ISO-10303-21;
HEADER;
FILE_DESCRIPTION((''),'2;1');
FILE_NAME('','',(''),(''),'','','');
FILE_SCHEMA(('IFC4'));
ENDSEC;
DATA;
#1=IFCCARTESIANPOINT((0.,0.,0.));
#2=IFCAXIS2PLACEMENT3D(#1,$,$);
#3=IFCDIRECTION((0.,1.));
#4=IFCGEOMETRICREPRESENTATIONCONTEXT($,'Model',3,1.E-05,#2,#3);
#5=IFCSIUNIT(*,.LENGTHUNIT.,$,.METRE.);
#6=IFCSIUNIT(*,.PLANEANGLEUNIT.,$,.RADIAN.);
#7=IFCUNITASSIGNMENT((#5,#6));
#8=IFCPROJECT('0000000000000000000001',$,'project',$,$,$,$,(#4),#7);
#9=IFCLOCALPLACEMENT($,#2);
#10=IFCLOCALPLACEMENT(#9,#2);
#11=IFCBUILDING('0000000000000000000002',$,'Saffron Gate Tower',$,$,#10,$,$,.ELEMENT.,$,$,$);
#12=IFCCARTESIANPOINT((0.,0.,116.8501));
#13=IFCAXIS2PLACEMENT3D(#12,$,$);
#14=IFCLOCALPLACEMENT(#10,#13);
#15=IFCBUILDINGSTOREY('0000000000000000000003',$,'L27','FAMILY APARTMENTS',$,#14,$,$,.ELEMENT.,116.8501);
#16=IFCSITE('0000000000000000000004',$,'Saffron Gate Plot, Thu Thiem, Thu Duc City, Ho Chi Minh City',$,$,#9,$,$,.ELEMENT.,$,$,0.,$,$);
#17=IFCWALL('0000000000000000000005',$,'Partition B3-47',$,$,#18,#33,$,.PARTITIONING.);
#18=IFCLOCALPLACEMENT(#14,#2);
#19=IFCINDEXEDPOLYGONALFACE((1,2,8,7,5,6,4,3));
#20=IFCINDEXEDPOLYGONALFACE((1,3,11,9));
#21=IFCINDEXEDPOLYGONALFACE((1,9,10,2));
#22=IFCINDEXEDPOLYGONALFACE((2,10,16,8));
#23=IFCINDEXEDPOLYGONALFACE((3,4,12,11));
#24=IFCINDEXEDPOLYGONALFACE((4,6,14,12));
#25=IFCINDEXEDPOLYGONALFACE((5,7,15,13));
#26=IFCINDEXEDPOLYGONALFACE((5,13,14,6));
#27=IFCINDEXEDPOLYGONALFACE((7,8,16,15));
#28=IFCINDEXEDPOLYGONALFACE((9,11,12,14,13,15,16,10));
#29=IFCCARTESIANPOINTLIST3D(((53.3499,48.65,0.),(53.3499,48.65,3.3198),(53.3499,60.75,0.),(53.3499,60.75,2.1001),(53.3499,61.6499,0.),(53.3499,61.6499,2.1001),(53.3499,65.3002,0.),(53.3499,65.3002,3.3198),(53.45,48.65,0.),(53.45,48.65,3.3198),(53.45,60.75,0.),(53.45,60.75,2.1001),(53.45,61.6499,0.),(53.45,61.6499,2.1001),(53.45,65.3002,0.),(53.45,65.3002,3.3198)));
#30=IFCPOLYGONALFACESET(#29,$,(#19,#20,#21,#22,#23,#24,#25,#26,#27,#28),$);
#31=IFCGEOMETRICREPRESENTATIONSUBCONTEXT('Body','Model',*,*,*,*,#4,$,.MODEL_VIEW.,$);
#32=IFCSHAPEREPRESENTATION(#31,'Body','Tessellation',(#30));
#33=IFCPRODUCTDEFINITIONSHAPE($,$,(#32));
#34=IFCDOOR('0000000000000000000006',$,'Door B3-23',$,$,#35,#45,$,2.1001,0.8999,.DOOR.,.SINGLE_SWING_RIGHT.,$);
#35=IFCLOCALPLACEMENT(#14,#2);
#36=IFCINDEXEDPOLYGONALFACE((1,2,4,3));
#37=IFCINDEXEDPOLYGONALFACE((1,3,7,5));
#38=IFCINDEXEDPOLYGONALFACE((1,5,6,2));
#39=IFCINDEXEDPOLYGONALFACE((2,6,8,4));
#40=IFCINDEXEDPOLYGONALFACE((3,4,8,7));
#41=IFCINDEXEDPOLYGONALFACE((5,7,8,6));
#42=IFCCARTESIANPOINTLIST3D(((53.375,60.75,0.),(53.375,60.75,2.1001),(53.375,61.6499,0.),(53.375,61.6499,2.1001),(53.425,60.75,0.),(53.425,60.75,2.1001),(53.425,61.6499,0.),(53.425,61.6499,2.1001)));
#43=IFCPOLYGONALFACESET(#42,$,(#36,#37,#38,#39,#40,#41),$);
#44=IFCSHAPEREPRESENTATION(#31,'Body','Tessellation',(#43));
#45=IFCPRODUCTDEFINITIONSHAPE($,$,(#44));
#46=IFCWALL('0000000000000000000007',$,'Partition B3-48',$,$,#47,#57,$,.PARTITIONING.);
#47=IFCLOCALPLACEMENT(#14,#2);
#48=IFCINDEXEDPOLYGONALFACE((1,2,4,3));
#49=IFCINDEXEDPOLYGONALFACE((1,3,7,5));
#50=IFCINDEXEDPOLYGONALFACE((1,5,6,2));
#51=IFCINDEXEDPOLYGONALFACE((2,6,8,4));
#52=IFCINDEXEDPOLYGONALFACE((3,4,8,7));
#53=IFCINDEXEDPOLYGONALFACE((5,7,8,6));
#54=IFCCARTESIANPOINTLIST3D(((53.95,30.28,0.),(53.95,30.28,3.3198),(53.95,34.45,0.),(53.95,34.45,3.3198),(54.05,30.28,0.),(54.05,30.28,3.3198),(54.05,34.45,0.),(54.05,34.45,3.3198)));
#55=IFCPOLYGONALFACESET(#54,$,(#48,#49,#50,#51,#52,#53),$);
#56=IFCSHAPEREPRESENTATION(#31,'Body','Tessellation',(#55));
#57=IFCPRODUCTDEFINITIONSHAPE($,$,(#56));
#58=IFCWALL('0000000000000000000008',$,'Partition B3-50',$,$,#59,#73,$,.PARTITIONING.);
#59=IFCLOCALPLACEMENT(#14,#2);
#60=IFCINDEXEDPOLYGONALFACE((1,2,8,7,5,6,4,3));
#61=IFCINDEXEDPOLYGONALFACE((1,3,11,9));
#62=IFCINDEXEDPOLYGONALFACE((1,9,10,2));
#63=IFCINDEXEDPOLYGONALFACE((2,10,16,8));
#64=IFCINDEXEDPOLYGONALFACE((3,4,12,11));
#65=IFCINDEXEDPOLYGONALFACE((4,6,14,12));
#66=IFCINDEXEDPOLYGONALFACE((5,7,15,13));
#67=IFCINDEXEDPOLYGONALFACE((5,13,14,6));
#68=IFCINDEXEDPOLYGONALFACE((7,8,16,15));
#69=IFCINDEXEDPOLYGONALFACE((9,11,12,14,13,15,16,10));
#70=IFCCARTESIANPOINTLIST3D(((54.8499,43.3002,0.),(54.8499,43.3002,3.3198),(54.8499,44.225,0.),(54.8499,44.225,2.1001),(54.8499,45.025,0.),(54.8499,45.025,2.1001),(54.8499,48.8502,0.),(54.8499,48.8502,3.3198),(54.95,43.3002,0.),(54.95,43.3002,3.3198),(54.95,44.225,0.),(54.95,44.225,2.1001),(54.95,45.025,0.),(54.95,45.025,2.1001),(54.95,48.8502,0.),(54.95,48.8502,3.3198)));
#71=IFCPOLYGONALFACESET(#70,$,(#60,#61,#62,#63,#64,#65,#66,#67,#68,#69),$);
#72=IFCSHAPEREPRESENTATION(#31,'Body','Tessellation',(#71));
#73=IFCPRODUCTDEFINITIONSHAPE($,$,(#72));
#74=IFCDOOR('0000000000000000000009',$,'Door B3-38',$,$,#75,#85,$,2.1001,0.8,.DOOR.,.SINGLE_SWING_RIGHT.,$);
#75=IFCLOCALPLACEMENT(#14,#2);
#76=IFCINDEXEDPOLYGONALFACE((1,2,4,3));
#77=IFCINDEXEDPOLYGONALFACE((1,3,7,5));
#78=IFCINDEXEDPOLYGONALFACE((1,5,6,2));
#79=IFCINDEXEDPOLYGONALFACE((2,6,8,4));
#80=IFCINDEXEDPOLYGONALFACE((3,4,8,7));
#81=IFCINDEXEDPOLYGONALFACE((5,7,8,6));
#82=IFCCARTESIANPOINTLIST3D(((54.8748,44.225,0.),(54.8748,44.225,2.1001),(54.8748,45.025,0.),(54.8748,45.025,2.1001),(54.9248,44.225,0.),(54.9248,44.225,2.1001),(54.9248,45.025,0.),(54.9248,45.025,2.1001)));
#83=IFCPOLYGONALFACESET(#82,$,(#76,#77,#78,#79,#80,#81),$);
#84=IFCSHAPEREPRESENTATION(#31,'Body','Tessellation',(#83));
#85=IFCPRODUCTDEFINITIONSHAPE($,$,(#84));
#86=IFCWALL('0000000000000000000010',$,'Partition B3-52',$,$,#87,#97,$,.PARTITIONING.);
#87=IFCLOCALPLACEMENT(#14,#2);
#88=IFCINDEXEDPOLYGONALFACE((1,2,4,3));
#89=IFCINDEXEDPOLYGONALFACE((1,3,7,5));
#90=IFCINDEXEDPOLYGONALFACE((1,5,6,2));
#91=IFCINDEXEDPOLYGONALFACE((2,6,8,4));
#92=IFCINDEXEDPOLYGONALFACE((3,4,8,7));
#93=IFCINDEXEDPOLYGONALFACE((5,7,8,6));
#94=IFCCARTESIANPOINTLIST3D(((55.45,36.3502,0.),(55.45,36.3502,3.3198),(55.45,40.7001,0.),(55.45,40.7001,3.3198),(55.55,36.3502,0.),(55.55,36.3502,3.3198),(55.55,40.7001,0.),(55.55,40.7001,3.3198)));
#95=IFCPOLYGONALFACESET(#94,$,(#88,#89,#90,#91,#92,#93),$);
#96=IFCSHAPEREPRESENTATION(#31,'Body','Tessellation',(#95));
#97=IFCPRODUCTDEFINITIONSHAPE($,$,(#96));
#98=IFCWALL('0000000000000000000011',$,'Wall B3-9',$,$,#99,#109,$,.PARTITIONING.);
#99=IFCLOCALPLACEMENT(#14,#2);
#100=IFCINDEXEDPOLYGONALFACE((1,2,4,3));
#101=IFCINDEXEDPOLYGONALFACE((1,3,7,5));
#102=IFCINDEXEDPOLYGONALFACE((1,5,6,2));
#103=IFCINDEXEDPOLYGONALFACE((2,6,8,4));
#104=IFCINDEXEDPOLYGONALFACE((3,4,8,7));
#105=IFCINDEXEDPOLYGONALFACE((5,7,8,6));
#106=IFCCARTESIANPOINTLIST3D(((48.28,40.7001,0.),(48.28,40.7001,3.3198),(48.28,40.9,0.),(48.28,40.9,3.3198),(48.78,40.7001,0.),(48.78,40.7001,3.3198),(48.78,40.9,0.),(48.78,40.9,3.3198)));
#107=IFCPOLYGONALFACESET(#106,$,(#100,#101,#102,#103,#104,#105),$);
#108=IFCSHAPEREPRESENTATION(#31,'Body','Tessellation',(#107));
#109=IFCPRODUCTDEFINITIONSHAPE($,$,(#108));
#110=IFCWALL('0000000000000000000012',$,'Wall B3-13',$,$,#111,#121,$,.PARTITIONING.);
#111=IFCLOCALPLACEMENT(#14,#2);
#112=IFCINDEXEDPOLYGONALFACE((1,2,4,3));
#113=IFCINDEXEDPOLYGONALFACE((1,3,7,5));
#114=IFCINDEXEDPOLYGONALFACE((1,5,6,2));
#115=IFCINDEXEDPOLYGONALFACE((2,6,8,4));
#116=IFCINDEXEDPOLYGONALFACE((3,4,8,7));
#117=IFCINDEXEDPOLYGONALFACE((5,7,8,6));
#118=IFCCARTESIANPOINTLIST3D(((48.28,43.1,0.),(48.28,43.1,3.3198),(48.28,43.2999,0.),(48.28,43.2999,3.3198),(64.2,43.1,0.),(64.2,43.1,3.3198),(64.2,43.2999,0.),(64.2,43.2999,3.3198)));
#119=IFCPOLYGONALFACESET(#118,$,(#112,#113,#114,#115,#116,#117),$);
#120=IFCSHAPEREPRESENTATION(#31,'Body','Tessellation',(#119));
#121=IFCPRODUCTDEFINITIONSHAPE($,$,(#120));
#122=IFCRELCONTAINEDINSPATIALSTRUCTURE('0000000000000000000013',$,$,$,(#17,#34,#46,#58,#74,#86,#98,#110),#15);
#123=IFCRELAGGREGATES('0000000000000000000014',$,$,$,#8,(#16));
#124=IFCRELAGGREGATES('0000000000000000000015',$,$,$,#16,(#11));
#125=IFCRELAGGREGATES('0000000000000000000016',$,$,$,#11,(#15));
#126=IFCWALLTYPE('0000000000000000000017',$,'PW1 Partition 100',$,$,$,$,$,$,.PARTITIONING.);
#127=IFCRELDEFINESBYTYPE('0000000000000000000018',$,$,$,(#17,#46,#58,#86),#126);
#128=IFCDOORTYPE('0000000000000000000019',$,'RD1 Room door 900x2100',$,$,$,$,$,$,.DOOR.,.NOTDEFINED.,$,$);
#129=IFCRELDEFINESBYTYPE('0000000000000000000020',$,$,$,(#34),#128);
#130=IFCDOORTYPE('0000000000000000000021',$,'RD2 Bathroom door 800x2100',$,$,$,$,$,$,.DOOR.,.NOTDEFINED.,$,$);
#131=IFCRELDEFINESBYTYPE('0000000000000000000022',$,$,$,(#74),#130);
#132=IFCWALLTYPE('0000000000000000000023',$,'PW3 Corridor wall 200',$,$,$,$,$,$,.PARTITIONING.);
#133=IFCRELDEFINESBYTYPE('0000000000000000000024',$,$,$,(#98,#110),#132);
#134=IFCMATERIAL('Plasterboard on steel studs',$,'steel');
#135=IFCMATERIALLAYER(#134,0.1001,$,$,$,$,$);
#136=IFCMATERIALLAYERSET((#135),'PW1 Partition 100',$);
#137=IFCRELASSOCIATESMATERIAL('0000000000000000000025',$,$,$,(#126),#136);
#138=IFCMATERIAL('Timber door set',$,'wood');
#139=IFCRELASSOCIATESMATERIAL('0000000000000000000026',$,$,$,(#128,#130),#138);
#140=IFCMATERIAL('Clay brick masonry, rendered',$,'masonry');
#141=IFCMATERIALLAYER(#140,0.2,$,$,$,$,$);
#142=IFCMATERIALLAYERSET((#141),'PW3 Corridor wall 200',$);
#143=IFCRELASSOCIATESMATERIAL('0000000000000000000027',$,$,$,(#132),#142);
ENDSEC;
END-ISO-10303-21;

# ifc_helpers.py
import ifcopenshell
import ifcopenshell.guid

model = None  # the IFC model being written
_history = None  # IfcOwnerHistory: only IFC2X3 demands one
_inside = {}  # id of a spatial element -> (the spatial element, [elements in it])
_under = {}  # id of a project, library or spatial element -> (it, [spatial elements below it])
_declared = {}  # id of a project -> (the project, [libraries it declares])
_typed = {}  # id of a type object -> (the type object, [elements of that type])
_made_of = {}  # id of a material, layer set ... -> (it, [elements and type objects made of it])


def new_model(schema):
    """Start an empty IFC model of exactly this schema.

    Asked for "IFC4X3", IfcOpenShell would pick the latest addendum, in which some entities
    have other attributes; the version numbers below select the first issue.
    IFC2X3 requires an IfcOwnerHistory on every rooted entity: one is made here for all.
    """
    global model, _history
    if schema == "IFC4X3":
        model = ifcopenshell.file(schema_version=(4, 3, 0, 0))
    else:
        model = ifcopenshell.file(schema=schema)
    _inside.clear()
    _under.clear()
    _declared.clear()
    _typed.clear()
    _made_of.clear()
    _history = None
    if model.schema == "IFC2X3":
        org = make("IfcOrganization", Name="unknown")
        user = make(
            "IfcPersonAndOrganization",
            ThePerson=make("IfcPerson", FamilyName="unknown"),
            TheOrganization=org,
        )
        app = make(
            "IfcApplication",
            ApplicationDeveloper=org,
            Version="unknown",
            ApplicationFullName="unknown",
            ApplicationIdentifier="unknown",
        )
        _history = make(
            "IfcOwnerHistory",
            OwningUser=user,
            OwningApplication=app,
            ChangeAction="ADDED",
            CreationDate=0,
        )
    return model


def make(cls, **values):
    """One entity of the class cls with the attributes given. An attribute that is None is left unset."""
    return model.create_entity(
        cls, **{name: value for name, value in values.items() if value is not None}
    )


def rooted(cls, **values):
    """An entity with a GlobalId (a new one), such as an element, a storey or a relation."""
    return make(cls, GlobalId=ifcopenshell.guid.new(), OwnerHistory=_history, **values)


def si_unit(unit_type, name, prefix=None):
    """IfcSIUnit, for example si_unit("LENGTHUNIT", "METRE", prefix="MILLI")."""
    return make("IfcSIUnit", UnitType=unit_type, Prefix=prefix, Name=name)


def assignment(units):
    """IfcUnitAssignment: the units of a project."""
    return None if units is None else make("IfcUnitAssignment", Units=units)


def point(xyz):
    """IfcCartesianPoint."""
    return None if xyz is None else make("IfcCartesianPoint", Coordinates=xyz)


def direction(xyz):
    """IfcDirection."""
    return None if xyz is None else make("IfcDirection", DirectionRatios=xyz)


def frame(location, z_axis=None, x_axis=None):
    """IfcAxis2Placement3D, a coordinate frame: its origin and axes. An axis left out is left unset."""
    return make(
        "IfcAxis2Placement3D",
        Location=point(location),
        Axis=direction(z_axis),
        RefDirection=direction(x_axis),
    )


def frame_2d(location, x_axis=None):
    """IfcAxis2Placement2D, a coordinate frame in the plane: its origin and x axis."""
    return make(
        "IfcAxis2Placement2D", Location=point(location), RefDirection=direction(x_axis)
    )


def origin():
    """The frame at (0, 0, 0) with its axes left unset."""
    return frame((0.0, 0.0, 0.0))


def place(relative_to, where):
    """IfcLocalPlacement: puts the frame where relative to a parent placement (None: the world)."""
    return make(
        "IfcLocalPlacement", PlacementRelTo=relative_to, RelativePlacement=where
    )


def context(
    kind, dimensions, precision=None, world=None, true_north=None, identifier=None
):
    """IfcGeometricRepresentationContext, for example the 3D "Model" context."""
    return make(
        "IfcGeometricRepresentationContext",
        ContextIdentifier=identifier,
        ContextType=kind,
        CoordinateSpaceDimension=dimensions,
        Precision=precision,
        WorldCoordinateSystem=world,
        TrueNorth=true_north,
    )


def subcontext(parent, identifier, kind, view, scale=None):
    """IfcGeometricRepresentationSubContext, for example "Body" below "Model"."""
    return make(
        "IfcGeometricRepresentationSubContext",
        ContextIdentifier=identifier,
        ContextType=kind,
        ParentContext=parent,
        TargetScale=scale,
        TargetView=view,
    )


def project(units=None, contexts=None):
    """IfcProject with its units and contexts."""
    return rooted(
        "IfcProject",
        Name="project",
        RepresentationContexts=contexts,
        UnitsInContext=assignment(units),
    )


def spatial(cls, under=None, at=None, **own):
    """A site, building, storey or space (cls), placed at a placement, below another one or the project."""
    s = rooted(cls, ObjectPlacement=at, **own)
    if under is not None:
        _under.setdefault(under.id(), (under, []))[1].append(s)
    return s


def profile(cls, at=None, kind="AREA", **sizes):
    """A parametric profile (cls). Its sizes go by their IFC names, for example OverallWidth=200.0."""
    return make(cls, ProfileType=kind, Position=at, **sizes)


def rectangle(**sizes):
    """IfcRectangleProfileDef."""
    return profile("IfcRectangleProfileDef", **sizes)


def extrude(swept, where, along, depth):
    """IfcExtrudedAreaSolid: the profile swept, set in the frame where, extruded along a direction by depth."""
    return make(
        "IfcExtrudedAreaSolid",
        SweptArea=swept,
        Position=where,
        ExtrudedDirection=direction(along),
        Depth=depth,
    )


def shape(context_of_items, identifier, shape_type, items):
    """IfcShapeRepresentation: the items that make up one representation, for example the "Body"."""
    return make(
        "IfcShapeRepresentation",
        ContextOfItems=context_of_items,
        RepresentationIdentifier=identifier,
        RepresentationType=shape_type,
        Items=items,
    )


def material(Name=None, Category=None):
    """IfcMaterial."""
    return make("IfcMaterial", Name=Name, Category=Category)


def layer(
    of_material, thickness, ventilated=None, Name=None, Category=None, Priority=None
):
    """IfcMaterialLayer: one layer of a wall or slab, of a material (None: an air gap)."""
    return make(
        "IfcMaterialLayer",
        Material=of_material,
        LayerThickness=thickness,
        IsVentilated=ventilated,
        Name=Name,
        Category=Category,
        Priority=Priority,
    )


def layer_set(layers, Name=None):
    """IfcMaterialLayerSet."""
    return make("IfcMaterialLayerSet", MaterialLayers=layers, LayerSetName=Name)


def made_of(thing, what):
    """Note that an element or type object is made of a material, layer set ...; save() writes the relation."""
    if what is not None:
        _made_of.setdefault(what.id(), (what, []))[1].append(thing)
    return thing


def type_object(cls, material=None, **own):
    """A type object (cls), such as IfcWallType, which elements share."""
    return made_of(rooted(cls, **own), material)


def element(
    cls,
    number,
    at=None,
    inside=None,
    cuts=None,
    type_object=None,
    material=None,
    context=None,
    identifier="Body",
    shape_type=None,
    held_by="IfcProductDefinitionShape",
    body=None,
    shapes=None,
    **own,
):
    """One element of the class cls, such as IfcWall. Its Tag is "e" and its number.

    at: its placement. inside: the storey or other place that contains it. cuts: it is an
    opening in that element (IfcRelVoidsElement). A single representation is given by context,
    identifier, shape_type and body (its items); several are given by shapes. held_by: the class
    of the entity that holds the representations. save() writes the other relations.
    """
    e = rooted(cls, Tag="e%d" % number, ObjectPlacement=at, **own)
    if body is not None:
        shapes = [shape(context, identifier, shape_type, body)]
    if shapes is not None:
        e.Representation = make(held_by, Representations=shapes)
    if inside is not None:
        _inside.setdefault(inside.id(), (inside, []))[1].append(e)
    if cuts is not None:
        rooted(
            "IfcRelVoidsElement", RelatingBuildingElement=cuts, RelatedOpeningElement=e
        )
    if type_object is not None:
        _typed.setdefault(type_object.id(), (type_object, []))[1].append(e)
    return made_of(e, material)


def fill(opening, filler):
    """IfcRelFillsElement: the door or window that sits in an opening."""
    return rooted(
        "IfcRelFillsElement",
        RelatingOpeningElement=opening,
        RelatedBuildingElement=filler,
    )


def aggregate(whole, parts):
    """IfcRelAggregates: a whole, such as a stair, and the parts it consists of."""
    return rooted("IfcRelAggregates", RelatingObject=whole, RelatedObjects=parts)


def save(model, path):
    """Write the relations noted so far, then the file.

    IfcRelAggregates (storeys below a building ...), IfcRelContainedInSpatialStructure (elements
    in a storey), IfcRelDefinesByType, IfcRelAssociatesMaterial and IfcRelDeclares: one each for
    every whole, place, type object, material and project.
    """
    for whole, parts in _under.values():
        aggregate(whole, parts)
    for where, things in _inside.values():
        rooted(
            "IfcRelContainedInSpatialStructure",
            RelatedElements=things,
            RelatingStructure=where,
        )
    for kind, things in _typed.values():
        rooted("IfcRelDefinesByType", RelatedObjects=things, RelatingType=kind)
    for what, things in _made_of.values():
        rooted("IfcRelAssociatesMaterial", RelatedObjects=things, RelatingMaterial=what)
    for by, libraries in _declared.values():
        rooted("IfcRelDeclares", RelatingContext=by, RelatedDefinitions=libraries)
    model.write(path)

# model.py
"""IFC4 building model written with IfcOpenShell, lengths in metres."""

from ifc_helpers import new_model, si_unit, direction, frame, frame_2d, origin, place, context, subcontext, project, spatial, rectangle, extrude, material, layer, layer_set, type_object, element, fill, save


model = new_model("IFC4")

# Units and contexts
model_context = context("Model", 3, precision=1e-05, world=origin(), true_north=direction((0.0, 1.0)))
body_context = subcontext(model_context, "Body", "Model", "MODEL_VIEW")
ifc_project = project(units=[si_unit("LENGTHUNIT", "METRE"), si_unit("PLANEANGLEUNIT", "RADIAN")], contexts=[model_context])

# Site, building, storey
site_placement = place(None, origin())
site = spatial("IfcSite", under=ifc_project, at=site_placement, Name="Saffron Gate Plot, Thu Thiem, Thu Duc City, Ho Chi Minh City", CompositionType="ELEMENT", RefElevation=0.0)
building_placement = place(site_placement, origin())
building = spatial("IfcBuilding", under=site, at=building_placement, Name="Saffron Gate Tower", CompositionType="ELEMENT")
storey_placement = place(building_placement, frame((0.0, 0.0, 116.8501)))
storey = spatial("IfcBuildingStorey", under=building, at=storey_placement, Name="L27", Description="FAMILY APARTMENTS", CompositionType="ELEMENT", Elevation=116.8501)

# Shared definitions
ifc_material_1 = material(Name="Plasterboard on steel studs", Category="steel")
ifc_layer_1 = layer(ifc_material_1, 0.1001)
ifc_layer_set_1 = layer_set([ifc_layer_1], Name="PW1 Partition 100")
wall_type_1 = type_object("IfcWallType", Name="PW1 Partition 100", PredefinedType="PARTITIONING", material=ifc_layer_set_1)

# Shared definitions
ifc_material_2 = material(Name="Timber door set", Category="wood")
door_type_1 = type_object("IfcDoorType", Name="RD1 Room door 900x2100", OperationType="NOTDEFINED", PredefinedType="DOOR", material=ifc_material_2)
door_type_2 = type_object("IfcDoorType", Name="RD2 Bathroom door 800x2100", OperationType="NOTDEFINED", PredefinedType="DOOR", material=ifc_material_2)

# Wall, opening, door
wall_1_placement = place(storey_placement, frame((53.3999, 48.6499, 0.0), z_axis=(0.0, 0.0, 1.0), x_axis=(0.0, 1.0, 0.0)))
wall_1 = element("IfcWall", 1, at=wall_1_placement, inside=storey, type_object=wall_type_1, Name="Partition B3-47", PredefinedType="PARTITIONING", context=body_context, shape_type="SweptSolid", body=[
    extrude(rectangle(XDim=16.6501, YDim=0.1001, at=frame_2d((8.3252, 0.0))), origin(), (0.0, 0.0, 1.0), 3.3198),
])
opening_1_placement = place(wall_1_placement, frame((12.1001, 0.0, 0.0)))
opening_1 = element("IfcOpeningElement", 2, at=opening_1_placement, cuts=wall_1, PredefinedType="OPENING", context=body_context, shape_type="SweptSolid", body=[
    extrude(rectangle(XDim=0.8999, YDim=2.1001, at=frame_2d((0.45, 1.05))), frame((0.0, 0.0601, 0.0), z_axis=(0.0, -1.0, 0.0), x_axis=(1.0, 0.0, 0.0)), (0.0, 0.0, 1.0), 0.1201),
])
door_1_placement = place(opening_1_placement, origin())
door_1 = element("IfcDoor", 3, at=door_1_placement, inside=storey, type_object=door_type_1, Name="Door B3-23", OperationType="SINGLE_SWING_RIGHT", OverallHeight=2.1001, OverallWidth=0.8999, PredefinedType="DOOR", context=body_context, shape_type="SweptSolid", body=[
    extrude(rectangle(XDim=0.8999, YDim=2.1001, at=frame_2d((0.45, 1.05))), frame((0.0, 0.0249, 0.0), z_axis=(0.0, -1.0, 0.0), x_axis=(1.0, 0.0, 0.0)), (0.0, 0.0, 1.0), 0.05),
])
fill(opening_1, door_1)

# Wall
wall_2_placement = place(storey_placement, frame((54.0, 34.45, 0.0), z_axis=(0.0, 0.0, 1.0), x_axis=(0.0, -1.0, 0.0)))
element("IfcWall", 4, at=wall_2_placement, inside=storey, type_object=wall_type_1, Name="Partition B3-48", PredefinedType="PARTITIONING", context=body_context, shape_type="SweptSolid", body=[
    extrude(rectangle(XDim=4.1699, YDim=0.1001, at=frame_2d((2.085, 0.0))), origin(), (0.0, 0.0, 1.0), 3.3198),
])

# Wall, opening, door
wall_3_placement = place(storey_placement, frame((54.8999, 48.8501, 0.0), z_axis=(0.0, 0.0, 1.0), x_axis=(0.0, -1.0, 0.0)))
wall_3 = element("IfcWall", 5, at=wall_3_placement, inside=storey, type_object=wall_type_1, Name="Partition B3-50", PredefinedType="PARTITIONING", context=body_context, shape_type="SweptSolid", body=[
    extrude(rectangle(XDim=5.55, YDim=0.1001, at=frame_2d((2.7749, 0.0))), origin(), (0.0, 0.0, 1.0), 3.3198),
])
opening_2_placement = place(wall_3_placement, frame((3.8252, 0.0, 0.0)))
opening_2 = element("IfcOpeningElement", 6, at=opening_2_placement, cuts=wall_3, PredefinedType="OPENING", context=body_context, shape_type="SweptSolid", body=[
    extrude(rectangle(XDim=0.8, YDim=2.1001, at=frame_2d((0.3999, 1.05))), frame((0.0, 0.0601, 0.0), z_axis=(0.0, -1.0, 0.0), x_axis=(1.0, 0.0, 0.0)), (0.0, 0.0, 1.0), 0.1201),
])
door_2_placement = place(opening_2_placement, origin())
door_2 = element("IfcDoor", 7, at=door_2_placement, inside=storey, type_object=door_type_2, Name="Door B3-38", OperationType="SINGLE_SWING_RIGHT", OverallHeight=2.1001, OverallWidth=0.8, PredefinedType="DOOR", context=body_context, shape_type="SweptSolid", body=[
    extrude(rectangle(XDim=0.8, YDim=2.1001, at=frame_2d((0.3999, 1.05))), frame((0.0, 0.0249, 0.0), z_axis=(0.0, -1.0, 0.0), x_axis=(1.0, 0.0, 0.0)), (0.0, 0.0, 1.0), 0.05),
])
fill(opening_2, door_2)

# Walls
wall_4_placement = place(storey_placement, frame((55.5, 40.7, 0.0), z_axis=(0.0, 0.0, 1.0), x_axis=(0.0, -1.0, 0.0)))
element("IfcWall", 8, at=wall_4_placement, inside=storey, type_object=wall_type_1, Name="Partition B3-52", PredefinedType="PARTITIONING", context=body_context, shape_type="SweptSolid", body=[
    extrude(rectangle(XDim=4.3499, YDim=0.1001, at=frame_2d((2.1748, 0.0))), origin(), (0.0, 0.0, 1.0), 3.3198),
])
ifc_material_3 = material(Name="Clay brick masonry, rendered", Category="masonry")
ifc_layer_2 = layer(ifc_material_3, 0.2)
ifc_layer_set_2 = layer_set([ifc_layer_2], Name="PW3 Corridor wall 200")
wall_type_2 = type_object("IfcWallType", Name="PW3 Corridor wall 200", PredefinedType="PARTITIONING", material=ifc_layer_set_2)
wall_5_placement = place(storey_placement, frame((48.28, 40.8, 0.0), z_axis=(0.0, 0.0, 1.0), x_axis=(1.0, 0.0, 0.0)))
element("IfcWall", 9, at=wall_5_placement, inside=storey, type_object=wall_type_2, Name="Wall B3-9", PredefinedType="PARTITIONING", context=body_context, shape_type="SweptSolid", body=[
    extrude(rectangle(XDim=0.5, YDim=0.2, at=frame_2d((0.25, 0.0))), origin(), (0.0, 0.0, 1.0), 3.3198),
])
wall_6_placement = place(storey_placement, frame((48.28, 43.2, 0.0), z_axis=(0.0, 0.0, 1.0), x_axis=(1.0, 0.0, 0.0)))
element("IfcWall", 10, at=wall_6_placement, inside=storey, type_object=wall_type_2, Name="Wall B3-13", PredefinedType="PARTITIONING", context=body_context, shape_type="SweptSolid", body=[
    extrude(rectangle(XDim=15.9199, YDim=0.2, at=frame_2d((7.96, 0.0))), origin(), (0.0, 0.0, 1.0), 3.3198),
])

save(model, "model.ifc")
